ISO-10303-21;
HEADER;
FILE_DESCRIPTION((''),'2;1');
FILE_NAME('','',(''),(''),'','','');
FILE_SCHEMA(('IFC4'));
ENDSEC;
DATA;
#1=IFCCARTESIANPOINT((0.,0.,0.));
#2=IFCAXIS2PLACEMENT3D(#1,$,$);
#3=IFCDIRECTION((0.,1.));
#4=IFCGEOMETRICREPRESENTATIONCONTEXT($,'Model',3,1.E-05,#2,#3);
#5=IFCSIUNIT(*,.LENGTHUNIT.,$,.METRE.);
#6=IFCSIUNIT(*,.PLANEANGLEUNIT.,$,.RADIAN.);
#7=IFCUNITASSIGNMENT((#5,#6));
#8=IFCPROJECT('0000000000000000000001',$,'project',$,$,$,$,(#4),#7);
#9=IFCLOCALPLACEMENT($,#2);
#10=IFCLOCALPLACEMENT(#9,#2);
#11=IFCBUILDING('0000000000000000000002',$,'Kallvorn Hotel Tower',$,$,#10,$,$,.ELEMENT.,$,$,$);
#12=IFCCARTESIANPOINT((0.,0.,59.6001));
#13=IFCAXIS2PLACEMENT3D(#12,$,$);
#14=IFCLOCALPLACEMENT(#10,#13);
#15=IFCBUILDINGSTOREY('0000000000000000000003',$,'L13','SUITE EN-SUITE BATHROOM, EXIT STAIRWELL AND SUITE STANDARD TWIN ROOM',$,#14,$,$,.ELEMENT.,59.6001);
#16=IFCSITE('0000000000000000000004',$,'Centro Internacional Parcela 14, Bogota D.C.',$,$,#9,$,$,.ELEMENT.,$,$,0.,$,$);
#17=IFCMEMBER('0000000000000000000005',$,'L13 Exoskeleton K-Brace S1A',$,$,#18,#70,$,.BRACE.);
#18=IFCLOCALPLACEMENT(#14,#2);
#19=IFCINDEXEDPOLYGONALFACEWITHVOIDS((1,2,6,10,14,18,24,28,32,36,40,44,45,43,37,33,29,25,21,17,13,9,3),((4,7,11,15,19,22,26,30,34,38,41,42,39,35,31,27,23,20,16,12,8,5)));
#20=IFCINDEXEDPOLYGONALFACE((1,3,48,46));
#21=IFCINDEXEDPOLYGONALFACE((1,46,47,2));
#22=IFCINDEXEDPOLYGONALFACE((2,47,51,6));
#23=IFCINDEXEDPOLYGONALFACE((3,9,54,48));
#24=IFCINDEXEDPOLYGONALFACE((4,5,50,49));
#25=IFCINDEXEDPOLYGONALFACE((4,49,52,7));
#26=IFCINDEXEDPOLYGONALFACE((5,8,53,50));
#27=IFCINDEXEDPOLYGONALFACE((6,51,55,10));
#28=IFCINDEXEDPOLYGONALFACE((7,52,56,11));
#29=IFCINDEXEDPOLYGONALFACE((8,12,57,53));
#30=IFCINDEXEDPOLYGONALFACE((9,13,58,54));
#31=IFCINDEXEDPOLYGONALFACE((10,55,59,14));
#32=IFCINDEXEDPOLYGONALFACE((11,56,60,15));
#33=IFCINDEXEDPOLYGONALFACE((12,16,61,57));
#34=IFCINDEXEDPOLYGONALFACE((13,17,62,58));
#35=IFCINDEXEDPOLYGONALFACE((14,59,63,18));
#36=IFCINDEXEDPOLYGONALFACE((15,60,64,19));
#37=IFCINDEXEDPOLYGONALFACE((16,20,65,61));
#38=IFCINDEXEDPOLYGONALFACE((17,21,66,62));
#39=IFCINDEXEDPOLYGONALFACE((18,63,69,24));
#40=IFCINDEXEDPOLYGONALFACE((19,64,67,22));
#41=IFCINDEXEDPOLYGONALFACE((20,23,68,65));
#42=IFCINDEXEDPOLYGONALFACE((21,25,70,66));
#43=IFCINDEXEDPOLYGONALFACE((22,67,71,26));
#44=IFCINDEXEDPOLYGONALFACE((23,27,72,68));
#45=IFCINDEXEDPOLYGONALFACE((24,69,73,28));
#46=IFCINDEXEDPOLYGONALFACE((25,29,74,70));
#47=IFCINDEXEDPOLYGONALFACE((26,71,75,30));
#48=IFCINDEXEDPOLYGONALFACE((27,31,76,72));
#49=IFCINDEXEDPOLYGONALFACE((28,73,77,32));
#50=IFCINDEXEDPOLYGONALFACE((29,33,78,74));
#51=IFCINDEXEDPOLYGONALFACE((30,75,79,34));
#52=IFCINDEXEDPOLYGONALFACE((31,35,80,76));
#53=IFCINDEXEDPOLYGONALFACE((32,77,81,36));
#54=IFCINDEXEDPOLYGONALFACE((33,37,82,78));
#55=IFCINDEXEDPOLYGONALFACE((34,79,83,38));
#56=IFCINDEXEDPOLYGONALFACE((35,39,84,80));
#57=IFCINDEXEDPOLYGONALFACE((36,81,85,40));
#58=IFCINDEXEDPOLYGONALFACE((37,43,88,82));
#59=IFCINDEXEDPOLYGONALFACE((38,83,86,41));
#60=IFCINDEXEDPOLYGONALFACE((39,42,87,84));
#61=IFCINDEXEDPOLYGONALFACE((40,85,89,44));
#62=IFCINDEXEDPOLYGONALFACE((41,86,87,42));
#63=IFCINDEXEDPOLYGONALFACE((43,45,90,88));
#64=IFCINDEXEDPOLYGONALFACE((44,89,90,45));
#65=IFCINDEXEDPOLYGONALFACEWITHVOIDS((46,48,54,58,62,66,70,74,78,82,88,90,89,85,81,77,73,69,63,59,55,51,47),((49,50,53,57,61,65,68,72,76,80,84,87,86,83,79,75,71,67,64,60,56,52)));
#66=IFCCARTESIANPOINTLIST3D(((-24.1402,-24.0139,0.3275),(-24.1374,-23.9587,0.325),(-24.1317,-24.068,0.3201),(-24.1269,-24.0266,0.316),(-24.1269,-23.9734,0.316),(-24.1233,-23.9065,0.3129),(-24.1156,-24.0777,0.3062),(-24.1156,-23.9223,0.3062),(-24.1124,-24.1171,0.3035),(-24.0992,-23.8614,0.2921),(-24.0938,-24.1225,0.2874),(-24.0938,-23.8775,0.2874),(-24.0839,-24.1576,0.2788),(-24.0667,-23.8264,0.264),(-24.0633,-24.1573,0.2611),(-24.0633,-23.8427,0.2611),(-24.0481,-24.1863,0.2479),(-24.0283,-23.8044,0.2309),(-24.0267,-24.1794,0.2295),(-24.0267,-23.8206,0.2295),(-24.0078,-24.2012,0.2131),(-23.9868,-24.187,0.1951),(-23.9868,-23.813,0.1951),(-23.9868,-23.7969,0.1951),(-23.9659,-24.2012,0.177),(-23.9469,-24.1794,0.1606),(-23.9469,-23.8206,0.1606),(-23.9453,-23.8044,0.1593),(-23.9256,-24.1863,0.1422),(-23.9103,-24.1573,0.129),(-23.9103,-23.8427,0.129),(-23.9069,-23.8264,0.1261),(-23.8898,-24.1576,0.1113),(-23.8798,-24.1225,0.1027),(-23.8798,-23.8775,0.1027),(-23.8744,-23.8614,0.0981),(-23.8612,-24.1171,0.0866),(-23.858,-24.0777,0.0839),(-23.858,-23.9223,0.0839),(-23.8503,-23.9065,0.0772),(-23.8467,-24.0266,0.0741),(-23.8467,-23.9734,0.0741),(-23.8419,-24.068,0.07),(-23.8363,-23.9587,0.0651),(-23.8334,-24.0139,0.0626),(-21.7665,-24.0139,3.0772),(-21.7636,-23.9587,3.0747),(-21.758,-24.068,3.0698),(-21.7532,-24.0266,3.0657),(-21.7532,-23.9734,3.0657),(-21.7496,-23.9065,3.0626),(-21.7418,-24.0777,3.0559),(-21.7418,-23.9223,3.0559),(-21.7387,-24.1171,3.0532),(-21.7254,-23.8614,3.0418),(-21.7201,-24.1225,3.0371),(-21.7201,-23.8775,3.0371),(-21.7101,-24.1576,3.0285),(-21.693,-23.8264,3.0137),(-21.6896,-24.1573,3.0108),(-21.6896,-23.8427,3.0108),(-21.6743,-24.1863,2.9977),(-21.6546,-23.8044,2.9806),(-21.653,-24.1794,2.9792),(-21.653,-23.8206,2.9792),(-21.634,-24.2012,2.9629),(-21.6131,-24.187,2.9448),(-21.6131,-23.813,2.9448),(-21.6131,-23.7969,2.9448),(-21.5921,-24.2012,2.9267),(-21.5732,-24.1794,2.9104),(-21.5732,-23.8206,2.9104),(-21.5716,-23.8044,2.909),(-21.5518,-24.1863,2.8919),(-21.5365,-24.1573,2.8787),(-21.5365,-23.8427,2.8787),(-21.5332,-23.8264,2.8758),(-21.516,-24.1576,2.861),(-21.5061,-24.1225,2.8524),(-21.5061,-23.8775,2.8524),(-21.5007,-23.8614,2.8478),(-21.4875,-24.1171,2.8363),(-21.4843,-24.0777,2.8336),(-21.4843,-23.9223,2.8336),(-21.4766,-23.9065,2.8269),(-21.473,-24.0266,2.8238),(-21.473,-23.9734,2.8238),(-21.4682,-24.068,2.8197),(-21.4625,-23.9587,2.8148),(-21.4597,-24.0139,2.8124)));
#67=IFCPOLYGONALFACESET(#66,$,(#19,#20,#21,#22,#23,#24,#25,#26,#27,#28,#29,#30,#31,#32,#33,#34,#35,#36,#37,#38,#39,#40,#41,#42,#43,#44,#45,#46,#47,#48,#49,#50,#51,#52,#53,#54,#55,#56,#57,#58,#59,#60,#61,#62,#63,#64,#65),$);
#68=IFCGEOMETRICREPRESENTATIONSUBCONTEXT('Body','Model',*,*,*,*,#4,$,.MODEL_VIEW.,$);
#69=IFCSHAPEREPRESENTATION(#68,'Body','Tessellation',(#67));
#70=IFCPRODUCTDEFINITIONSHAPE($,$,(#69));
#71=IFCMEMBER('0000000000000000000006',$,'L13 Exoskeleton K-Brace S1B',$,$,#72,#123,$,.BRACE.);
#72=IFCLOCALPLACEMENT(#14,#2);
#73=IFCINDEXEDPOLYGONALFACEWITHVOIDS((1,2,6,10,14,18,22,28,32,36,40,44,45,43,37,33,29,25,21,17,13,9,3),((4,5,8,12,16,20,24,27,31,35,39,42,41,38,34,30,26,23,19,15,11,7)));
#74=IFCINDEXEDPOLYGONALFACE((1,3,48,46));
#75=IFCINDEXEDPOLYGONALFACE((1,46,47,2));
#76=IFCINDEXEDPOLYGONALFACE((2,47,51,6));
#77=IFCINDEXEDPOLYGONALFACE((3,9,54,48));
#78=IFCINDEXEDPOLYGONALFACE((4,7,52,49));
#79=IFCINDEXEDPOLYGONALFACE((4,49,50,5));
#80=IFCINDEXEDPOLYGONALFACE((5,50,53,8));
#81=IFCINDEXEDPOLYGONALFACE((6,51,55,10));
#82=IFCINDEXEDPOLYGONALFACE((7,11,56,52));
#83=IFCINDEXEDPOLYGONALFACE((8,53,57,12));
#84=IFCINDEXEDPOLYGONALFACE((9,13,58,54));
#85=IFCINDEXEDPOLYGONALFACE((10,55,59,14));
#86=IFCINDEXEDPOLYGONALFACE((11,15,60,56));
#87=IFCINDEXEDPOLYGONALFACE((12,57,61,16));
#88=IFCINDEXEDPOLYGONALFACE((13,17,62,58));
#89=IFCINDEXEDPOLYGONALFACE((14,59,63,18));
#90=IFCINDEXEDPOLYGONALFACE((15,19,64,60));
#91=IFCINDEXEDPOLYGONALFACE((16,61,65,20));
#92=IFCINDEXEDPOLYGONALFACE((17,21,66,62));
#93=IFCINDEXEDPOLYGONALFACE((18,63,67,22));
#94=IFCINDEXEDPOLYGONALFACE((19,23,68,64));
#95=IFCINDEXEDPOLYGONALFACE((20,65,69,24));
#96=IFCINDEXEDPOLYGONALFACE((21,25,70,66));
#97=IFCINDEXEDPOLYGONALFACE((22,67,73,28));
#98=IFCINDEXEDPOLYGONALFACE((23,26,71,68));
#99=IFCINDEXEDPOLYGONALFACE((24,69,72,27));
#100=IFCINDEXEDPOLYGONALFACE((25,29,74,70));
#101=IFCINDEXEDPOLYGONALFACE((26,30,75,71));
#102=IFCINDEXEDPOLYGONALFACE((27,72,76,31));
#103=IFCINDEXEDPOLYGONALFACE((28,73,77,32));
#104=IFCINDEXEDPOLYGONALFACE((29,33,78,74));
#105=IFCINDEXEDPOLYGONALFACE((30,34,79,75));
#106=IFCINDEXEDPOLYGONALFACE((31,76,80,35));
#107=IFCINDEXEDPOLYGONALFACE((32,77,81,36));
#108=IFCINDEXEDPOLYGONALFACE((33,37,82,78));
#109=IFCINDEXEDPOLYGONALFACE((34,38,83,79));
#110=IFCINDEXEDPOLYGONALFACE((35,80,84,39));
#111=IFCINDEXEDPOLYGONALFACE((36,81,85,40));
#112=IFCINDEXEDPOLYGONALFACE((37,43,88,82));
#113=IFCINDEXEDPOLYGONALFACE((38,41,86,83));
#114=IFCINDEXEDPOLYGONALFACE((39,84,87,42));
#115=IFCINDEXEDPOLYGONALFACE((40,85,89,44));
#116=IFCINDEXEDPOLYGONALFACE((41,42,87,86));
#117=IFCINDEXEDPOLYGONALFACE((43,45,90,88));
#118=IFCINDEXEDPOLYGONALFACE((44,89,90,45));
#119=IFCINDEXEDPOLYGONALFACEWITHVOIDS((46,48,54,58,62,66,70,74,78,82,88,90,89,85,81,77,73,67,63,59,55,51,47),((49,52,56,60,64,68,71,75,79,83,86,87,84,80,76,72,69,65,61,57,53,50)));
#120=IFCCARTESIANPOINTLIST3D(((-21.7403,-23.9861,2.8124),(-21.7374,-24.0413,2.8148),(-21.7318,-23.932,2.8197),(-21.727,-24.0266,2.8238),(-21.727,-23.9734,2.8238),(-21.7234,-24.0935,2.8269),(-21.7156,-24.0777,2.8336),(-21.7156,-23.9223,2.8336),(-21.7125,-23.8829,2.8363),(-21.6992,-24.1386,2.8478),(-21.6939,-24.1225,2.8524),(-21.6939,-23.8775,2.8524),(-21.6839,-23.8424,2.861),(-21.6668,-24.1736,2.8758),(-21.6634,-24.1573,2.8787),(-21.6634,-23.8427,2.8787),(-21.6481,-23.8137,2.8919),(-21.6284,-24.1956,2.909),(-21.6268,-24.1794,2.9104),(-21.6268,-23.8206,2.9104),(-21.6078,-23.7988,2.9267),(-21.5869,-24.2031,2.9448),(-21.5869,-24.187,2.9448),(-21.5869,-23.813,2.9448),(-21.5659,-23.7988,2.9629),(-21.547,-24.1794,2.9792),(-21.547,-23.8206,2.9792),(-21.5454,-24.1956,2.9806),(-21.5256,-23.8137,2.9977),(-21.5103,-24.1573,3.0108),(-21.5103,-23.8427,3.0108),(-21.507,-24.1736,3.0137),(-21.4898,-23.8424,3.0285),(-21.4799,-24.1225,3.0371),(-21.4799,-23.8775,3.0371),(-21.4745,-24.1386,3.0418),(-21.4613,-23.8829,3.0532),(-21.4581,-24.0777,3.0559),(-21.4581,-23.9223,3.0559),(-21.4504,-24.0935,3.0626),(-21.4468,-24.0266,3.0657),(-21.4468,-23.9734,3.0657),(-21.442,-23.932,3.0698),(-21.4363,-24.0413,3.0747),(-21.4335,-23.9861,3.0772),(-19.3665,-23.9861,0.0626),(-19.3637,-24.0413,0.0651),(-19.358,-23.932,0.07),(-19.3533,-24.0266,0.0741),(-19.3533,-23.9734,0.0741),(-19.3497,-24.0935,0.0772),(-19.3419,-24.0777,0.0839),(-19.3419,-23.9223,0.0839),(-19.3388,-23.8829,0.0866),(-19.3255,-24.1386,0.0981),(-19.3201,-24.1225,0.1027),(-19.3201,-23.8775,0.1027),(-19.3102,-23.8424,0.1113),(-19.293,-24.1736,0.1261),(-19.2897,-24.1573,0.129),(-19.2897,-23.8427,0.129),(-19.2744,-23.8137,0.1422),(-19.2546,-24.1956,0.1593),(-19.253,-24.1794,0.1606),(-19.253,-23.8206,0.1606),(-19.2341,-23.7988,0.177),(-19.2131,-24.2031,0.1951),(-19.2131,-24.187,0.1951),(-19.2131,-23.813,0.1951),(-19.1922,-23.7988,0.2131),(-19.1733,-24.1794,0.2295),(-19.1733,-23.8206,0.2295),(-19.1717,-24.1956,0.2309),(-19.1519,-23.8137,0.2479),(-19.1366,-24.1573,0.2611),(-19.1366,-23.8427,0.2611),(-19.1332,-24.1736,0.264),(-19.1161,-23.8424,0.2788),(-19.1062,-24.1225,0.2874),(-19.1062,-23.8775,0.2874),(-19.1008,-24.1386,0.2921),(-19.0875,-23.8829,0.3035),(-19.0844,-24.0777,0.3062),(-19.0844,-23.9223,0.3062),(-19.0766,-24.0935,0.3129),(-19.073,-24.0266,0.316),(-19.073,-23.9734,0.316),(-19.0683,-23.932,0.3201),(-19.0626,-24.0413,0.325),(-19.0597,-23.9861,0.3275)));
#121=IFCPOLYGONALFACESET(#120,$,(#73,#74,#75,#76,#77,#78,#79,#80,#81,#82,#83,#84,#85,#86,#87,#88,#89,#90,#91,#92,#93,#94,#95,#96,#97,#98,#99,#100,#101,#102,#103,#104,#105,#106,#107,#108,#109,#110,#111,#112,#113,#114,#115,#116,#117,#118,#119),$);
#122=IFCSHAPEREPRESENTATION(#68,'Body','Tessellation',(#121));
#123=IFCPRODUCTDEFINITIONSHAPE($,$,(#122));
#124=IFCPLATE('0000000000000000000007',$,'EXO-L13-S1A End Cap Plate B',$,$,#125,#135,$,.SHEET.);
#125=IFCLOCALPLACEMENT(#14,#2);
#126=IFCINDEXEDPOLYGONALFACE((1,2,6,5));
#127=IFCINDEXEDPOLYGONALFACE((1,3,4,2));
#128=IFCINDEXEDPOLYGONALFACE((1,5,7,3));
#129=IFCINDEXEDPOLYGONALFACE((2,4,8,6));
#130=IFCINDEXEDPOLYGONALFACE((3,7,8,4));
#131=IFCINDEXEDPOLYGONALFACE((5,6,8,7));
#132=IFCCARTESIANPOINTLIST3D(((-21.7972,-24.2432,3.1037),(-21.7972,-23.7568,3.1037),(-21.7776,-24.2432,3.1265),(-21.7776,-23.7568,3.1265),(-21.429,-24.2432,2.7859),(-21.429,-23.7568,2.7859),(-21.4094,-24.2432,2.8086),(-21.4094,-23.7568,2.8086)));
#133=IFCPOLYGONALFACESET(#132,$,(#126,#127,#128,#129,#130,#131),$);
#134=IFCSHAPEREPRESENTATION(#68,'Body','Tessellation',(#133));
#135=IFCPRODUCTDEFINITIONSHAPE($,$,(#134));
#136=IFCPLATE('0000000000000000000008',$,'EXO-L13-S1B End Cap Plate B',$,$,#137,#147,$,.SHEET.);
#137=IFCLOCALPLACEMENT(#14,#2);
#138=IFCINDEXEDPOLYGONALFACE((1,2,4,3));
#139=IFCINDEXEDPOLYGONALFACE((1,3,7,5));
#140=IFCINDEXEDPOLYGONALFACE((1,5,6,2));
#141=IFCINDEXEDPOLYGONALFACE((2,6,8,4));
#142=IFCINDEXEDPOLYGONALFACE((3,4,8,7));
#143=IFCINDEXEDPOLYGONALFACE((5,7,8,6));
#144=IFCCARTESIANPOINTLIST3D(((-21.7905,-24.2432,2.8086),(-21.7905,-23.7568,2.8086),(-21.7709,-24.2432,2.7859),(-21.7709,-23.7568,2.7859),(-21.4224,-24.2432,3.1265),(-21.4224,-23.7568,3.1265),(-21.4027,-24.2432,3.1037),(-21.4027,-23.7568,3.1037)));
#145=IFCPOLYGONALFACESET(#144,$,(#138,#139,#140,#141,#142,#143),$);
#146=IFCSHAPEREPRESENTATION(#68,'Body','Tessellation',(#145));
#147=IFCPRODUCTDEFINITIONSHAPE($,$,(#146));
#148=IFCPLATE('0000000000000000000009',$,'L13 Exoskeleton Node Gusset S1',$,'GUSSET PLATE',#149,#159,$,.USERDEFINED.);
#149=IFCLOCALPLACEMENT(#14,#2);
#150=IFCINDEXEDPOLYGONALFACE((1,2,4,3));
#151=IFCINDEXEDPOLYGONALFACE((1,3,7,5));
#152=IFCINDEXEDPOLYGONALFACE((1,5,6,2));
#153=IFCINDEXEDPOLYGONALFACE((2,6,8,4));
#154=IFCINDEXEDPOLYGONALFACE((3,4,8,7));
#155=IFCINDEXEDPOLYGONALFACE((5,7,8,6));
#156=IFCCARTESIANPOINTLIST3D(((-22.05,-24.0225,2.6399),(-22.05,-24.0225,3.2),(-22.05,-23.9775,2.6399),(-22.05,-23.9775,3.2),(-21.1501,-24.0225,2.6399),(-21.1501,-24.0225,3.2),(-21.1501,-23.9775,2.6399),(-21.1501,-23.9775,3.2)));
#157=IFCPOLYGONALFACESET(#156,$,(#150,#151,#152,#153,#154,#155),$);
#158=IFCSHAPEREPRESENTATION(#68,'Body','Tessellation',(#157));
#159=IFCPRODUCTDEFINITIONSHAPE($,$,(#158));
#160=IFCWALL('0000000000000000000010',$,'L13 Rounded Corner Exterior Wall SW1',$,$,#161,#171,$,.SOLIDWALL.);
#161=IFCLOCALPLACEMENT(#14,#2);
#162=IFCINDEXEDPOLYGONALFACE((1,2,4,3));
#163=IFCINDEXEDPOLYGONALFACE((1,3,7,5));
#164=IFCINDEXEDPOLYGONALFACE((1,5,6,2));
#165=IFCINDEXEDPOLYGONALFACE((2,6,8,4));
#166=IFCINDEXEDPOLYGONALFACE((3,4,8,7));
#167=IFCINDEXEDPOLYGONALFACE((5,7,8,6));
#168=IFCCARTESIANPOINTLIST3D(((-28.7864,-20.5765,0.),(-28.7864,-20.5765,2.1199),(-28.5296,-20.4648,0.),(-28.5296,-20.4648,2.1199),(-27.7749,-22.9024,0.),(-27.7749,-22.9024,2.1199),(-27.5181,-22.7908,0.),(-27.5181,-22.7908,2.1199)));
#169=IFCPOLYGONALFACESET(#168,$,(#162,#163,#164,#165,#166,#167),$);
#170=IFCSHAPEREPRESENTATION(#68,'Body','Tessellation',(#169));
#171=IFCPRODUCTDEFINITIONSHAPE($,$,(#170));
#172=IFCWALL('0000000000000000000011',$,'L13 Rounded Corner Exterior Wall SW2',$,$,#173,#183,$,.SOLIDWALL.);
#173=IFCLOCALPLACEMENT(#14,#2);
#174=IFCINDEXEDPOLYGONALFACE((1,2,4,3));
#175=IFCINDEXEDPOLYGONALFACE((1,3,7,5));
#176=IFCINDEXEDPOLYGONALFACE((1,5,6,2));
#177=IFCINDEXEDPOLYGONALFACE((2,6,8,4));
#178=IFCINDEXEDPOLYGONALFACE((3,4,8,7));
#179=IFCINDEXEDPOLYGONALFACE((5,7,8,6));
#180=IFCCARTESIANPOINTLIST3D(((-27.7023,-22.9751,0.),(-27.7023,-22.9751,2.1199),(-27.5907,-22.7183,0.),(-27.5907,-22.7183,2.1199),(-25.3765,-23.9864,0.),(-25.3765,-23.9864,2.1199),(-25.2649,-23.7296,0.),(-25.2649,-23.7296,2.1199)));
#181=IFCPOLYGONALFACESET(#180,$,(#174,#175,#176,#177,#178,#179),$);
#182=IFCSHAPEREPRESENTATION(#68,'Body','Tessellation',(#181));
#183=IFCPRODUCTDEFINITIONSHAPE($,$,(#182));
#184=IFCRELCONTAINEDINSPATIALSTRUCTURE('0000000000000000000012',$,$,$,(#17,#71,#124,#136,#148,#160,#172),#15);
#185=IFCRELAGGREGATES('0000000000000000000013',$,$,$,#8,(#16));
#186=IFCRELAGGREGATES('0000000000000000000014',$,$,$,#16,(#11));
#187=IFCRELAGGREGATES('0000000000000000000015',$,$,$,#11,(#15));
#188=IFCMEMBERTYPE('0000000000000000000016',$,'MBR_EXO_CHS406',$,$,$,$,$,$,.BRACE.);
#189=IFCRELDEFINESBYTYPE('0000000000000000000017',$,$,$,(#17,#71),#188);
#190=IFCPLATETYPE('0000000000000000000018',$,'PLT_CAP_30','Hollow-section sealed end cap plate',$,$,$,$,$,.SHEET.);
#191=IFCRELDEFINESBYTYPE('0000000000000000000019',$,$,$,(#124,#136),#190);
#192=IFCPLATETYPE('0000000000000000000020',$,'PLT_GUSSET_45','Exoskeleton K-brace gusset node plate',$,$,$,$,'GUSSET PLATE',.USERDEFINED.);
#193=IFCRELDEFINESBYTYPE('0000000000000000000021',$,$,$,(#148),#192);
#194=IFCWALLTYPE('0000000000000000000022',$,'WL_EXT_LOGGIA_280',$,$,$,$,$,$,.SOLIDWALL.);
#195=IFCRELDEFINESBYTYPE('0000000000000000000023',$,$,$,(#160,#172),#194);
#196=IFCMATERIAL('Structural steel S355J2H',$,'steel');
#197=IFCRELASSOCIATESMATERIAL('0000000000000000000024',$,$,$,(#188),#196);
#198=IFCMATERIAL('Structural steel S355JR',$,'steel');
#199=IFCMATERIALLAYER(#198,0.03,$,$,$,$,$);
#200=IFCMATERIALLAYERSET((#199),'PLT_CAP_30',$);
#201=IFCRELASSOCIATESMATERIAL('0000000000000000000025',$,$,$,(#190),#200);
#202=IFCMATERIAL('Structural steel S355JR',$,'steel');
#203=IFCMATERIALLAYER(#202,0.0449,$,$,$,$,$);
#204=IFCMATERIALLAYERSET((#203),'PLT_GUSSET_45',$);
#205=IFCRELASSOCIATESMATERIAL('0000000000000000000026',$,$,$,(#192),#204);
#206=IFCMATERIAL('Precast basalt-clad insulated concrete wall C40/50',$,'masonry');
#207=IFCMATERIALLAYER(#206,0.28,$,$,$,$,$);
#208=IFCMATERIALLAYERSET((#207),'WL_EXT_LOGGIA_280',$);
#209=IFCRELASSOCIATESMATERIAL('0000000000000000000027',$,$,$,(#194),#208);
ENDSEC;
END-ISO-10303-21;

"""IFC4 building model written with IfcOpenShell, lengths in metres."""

from ifc_helpers import new_model, si_unit, direction, frame, frame_2d, origin, origin_2d, place, context, subcontext, project, spatial, polyline, rectangle, hollow_circle, outline, extrude, material, layer, layer_set, material_profile, profile_set, type_object, element, save


model = new_model("IFC4")

# Units and contexts
model_context = context("Model", 3, precision=1e-05, world=origin(), true_north=direction((0.0, 1.0)))
body_context = subcontext(model_context, "Body", "Model", "MODEL_VIEW")
ifc_project = project(units=[si_unit("LENGTHUNIT", "METRE"), si_unit("PLANEANGLEUNIT", "RADIAN")], contexts=[model_context])

# Site, building, storey
site_placement = place(None, origin())
site = spatial("IfcSite", under=ifc_project, at=site_placement, Name="Centro Internacional Parcela 14, Bogota D.C.", CompositionType="ELEMENT", RefElevation=0.0)
building_placement = place(site_placement, origin())
building = spatial("IfcBuilding", under=site, at=building_placement, Name="Kallvorn Hotel Tower", CompositionType="ELEMENT")
storey_placement = place(building_placement, frame((0.0, 0.0, 59.6001)))
storey = spatial("IfcBuildingStorey", under=building, at=storey_placement, Name="L13", Description="SUITE EN-SUITE BATHROOM, EXIT STAIRWELL AND SUITE STANDARD TWIN ROOM", CompositionType="ELEMENT", Elevation=59.6001)

# Members
ifc_material_1 = material(Name="Structural steel S355J2H", Category="steel")
ifc_material_profile_1 = material_profile(ifc_material_1, hollow_circle(Radius=0.2031, WallThickness=0.0161, at=origin_2d()), Name="CHS 406.4x16")
ifc_profile_set_1 = profile_set([ifc_material_profile_1], Name="Structural steel S355J2H")
member_type = type_object("IfcMemberType", Name="MBR_EXO_CHS406", PredefinedType="BRACE", material=ifc_profile_set_1)
for number, where, z_axis, x_axis, name in (
    (1, (-23.9868, -24.0, 0.1951), (0.653461, 0.0, 0.756961), (0.0, 1.0, 0.0), "L13 Exoskeleton K-Brace S1A"),
    (2, (-19.2131, -24.0, 0.1951), (-0.653461, 0.0, 0.756961), (0.0, -1.0, 0.0), "L13 Exoskeleton K-Brace S1B"),
):
    element("IfcMember", number, at=place(storey_placement, frame(where, z_axis=z_axis, x_axis=x_axis)), inside=storey, type_object=member_type, Name=name, PredefinedType="BRACE", context=body_context, shape_type="SweptSolid", body=[
        extrude(hollow_circle(Radius=0.2031, WallThickness=0.0161, at=origin_2d()), origin(), (0.0, 0.0, 1.0), 3.6326),
    ])

# Plates
ifc_material_2 = material(Name="Structural steel S355JR", Category="steel")
ifc_layer_1 = layer(ifc_material_2, 0.03)
ifc_layer_set_1 = layer_set([ifc_layer_1], Name="PLT_CAP_30")
plate_type_1 = type_object("IfcPlateType", Name="PLT_CAP_30", Description="Hollow-section sealed end cap plate", PredefinedType="SHEET", material=ifc_layer_set_1)
for number, where, z_axis, x_axis, name in (
    (3, (-21.4094, -24.2432, 2.8086), (0.653515, 0.0, 0.756913), (0.0, 1.0, 0.0), "EXO-L13-S1A End Cap Plate B"),
    (4, (-21.7905, -23.7568, 2.8086), (-0.653515, 0.0, 0.756913), (0.0, -1.0, 0.0), "EXO-L13-S1B End Cap Plate B"),
):
    element("IfcPlate", number, at=place(storey_placement, frame(where, z_axis=z_axis, x_axis=x_axis)), inside=storey, type_object=plate_type_1, Name=name, PredefinedType="SHEET", context=body_context, shape_type="SweptSolid", body=[
        extrude(outline(polyline([(0.0, 0.0), (0.4863, 0.0), (0.4863, 0.4864), (0.0, 0.4864), (0.0, 0.0)])), origin(), (0.0, 0.0, -1.0), 0.03),
    ])
ifc_material_3 = material(Name="Structural steel S355JR", Category="steel")
ifc_layer_2 = layer(ifc_material_3, 0.0449)
ifc_layer_set_2 = layer_set([ifc_layer_2], Name="PLT_GUSSET_45")
plate_type_2 = type_object("IfcPlateType", Name="PLT_GUSSET_45", Description="Exoskeleton K-brace gusset node plate", ElementType="GUSSET PLATE", PredefinedType="USERDEFINED", material=ifc_layer_set_2)
plate_placement = place(storey_placement, frame((-21.6001, -24.0, 2.6399), z_axis=(0.0, 0.0, 1.0), x_axis=(1.0, 0.0, 0.0)))
element("IfcPlate", 5, at=plate_placement, inside=storey, type_object=plate_type_2, Name="L13 Exoskeleton Node Gusset S1", ObjectType="GUSSET PLATE", PredefinedType="USERDEFINED", context=body_context, shape_type="SweptSolid", body=[
    extrude(rectangle(XDim=0.8999, YDim=0.0449, at=origin_2d()), origin(), (0.0, 0.0, 1.0), 0.5601),
])

# Walls
ifc_material_4 = material(Name="Precast basalt-clad insulated concrete wall C40/50", Category="masonry")
ifc_layer_3 = layer(ifc_material_4, 0.28)
ifc_layer_set_3 = layer_set([ifc_layer_3], Name="WL_EXT_LOGGIA_280")
wall_type_1 = type_object("IfcWallType", Name="WL_EXT_LOGGIA_280", PredefinedType="SOLIDWALL", material=ifc_layer_set_3)
wall_1_placement = place(storey_placement, frame((-28.658, -20.5208, 0.0), z_axis=(0.0, 0.0, 1.0), x_axis=(0.398793, -0.917041, 0.0)))
element("IfcWall", 6, at=wall_1_placement, inside=storey, type_object=wall_type_1, Name="L13 Rounded Corner Exterior Wall SW1", PredefinedType="SOLIDWALL", context=body_context, shape_type="SweptSolid", body=[
    extrude(rectangle(XDim=2.5364, YDim=0.28, at=frame_2d((1.2681, 0.0))), origin(), (0.0, 0.0, 1.0), 2.1199),
])
wall_2_placement = place(storey_placement, frame((-27.6465, -22.8467, 0.0), z_axis=(0.0, 0.0, 1.0), x_axis=(0.917061, -0.398747, 0.0)))
element("IfcWall", 7, at=wall_2_placement, inside=storey, type_object=wall_type_1, Name="L13 Rounded Corner Exterior Wall SW2", PredefinedType="SOLIDWALL", context=body_context, shape_type="SweptSolid", body=[
    extrude(rectangle(XDim=2.5361, YDim=0.28, at=frame_2d((1.2681, 0.0))), origin(), (0.0, 0.0, 1.0), 2.1199),
])

save(model, "model.ifc")
